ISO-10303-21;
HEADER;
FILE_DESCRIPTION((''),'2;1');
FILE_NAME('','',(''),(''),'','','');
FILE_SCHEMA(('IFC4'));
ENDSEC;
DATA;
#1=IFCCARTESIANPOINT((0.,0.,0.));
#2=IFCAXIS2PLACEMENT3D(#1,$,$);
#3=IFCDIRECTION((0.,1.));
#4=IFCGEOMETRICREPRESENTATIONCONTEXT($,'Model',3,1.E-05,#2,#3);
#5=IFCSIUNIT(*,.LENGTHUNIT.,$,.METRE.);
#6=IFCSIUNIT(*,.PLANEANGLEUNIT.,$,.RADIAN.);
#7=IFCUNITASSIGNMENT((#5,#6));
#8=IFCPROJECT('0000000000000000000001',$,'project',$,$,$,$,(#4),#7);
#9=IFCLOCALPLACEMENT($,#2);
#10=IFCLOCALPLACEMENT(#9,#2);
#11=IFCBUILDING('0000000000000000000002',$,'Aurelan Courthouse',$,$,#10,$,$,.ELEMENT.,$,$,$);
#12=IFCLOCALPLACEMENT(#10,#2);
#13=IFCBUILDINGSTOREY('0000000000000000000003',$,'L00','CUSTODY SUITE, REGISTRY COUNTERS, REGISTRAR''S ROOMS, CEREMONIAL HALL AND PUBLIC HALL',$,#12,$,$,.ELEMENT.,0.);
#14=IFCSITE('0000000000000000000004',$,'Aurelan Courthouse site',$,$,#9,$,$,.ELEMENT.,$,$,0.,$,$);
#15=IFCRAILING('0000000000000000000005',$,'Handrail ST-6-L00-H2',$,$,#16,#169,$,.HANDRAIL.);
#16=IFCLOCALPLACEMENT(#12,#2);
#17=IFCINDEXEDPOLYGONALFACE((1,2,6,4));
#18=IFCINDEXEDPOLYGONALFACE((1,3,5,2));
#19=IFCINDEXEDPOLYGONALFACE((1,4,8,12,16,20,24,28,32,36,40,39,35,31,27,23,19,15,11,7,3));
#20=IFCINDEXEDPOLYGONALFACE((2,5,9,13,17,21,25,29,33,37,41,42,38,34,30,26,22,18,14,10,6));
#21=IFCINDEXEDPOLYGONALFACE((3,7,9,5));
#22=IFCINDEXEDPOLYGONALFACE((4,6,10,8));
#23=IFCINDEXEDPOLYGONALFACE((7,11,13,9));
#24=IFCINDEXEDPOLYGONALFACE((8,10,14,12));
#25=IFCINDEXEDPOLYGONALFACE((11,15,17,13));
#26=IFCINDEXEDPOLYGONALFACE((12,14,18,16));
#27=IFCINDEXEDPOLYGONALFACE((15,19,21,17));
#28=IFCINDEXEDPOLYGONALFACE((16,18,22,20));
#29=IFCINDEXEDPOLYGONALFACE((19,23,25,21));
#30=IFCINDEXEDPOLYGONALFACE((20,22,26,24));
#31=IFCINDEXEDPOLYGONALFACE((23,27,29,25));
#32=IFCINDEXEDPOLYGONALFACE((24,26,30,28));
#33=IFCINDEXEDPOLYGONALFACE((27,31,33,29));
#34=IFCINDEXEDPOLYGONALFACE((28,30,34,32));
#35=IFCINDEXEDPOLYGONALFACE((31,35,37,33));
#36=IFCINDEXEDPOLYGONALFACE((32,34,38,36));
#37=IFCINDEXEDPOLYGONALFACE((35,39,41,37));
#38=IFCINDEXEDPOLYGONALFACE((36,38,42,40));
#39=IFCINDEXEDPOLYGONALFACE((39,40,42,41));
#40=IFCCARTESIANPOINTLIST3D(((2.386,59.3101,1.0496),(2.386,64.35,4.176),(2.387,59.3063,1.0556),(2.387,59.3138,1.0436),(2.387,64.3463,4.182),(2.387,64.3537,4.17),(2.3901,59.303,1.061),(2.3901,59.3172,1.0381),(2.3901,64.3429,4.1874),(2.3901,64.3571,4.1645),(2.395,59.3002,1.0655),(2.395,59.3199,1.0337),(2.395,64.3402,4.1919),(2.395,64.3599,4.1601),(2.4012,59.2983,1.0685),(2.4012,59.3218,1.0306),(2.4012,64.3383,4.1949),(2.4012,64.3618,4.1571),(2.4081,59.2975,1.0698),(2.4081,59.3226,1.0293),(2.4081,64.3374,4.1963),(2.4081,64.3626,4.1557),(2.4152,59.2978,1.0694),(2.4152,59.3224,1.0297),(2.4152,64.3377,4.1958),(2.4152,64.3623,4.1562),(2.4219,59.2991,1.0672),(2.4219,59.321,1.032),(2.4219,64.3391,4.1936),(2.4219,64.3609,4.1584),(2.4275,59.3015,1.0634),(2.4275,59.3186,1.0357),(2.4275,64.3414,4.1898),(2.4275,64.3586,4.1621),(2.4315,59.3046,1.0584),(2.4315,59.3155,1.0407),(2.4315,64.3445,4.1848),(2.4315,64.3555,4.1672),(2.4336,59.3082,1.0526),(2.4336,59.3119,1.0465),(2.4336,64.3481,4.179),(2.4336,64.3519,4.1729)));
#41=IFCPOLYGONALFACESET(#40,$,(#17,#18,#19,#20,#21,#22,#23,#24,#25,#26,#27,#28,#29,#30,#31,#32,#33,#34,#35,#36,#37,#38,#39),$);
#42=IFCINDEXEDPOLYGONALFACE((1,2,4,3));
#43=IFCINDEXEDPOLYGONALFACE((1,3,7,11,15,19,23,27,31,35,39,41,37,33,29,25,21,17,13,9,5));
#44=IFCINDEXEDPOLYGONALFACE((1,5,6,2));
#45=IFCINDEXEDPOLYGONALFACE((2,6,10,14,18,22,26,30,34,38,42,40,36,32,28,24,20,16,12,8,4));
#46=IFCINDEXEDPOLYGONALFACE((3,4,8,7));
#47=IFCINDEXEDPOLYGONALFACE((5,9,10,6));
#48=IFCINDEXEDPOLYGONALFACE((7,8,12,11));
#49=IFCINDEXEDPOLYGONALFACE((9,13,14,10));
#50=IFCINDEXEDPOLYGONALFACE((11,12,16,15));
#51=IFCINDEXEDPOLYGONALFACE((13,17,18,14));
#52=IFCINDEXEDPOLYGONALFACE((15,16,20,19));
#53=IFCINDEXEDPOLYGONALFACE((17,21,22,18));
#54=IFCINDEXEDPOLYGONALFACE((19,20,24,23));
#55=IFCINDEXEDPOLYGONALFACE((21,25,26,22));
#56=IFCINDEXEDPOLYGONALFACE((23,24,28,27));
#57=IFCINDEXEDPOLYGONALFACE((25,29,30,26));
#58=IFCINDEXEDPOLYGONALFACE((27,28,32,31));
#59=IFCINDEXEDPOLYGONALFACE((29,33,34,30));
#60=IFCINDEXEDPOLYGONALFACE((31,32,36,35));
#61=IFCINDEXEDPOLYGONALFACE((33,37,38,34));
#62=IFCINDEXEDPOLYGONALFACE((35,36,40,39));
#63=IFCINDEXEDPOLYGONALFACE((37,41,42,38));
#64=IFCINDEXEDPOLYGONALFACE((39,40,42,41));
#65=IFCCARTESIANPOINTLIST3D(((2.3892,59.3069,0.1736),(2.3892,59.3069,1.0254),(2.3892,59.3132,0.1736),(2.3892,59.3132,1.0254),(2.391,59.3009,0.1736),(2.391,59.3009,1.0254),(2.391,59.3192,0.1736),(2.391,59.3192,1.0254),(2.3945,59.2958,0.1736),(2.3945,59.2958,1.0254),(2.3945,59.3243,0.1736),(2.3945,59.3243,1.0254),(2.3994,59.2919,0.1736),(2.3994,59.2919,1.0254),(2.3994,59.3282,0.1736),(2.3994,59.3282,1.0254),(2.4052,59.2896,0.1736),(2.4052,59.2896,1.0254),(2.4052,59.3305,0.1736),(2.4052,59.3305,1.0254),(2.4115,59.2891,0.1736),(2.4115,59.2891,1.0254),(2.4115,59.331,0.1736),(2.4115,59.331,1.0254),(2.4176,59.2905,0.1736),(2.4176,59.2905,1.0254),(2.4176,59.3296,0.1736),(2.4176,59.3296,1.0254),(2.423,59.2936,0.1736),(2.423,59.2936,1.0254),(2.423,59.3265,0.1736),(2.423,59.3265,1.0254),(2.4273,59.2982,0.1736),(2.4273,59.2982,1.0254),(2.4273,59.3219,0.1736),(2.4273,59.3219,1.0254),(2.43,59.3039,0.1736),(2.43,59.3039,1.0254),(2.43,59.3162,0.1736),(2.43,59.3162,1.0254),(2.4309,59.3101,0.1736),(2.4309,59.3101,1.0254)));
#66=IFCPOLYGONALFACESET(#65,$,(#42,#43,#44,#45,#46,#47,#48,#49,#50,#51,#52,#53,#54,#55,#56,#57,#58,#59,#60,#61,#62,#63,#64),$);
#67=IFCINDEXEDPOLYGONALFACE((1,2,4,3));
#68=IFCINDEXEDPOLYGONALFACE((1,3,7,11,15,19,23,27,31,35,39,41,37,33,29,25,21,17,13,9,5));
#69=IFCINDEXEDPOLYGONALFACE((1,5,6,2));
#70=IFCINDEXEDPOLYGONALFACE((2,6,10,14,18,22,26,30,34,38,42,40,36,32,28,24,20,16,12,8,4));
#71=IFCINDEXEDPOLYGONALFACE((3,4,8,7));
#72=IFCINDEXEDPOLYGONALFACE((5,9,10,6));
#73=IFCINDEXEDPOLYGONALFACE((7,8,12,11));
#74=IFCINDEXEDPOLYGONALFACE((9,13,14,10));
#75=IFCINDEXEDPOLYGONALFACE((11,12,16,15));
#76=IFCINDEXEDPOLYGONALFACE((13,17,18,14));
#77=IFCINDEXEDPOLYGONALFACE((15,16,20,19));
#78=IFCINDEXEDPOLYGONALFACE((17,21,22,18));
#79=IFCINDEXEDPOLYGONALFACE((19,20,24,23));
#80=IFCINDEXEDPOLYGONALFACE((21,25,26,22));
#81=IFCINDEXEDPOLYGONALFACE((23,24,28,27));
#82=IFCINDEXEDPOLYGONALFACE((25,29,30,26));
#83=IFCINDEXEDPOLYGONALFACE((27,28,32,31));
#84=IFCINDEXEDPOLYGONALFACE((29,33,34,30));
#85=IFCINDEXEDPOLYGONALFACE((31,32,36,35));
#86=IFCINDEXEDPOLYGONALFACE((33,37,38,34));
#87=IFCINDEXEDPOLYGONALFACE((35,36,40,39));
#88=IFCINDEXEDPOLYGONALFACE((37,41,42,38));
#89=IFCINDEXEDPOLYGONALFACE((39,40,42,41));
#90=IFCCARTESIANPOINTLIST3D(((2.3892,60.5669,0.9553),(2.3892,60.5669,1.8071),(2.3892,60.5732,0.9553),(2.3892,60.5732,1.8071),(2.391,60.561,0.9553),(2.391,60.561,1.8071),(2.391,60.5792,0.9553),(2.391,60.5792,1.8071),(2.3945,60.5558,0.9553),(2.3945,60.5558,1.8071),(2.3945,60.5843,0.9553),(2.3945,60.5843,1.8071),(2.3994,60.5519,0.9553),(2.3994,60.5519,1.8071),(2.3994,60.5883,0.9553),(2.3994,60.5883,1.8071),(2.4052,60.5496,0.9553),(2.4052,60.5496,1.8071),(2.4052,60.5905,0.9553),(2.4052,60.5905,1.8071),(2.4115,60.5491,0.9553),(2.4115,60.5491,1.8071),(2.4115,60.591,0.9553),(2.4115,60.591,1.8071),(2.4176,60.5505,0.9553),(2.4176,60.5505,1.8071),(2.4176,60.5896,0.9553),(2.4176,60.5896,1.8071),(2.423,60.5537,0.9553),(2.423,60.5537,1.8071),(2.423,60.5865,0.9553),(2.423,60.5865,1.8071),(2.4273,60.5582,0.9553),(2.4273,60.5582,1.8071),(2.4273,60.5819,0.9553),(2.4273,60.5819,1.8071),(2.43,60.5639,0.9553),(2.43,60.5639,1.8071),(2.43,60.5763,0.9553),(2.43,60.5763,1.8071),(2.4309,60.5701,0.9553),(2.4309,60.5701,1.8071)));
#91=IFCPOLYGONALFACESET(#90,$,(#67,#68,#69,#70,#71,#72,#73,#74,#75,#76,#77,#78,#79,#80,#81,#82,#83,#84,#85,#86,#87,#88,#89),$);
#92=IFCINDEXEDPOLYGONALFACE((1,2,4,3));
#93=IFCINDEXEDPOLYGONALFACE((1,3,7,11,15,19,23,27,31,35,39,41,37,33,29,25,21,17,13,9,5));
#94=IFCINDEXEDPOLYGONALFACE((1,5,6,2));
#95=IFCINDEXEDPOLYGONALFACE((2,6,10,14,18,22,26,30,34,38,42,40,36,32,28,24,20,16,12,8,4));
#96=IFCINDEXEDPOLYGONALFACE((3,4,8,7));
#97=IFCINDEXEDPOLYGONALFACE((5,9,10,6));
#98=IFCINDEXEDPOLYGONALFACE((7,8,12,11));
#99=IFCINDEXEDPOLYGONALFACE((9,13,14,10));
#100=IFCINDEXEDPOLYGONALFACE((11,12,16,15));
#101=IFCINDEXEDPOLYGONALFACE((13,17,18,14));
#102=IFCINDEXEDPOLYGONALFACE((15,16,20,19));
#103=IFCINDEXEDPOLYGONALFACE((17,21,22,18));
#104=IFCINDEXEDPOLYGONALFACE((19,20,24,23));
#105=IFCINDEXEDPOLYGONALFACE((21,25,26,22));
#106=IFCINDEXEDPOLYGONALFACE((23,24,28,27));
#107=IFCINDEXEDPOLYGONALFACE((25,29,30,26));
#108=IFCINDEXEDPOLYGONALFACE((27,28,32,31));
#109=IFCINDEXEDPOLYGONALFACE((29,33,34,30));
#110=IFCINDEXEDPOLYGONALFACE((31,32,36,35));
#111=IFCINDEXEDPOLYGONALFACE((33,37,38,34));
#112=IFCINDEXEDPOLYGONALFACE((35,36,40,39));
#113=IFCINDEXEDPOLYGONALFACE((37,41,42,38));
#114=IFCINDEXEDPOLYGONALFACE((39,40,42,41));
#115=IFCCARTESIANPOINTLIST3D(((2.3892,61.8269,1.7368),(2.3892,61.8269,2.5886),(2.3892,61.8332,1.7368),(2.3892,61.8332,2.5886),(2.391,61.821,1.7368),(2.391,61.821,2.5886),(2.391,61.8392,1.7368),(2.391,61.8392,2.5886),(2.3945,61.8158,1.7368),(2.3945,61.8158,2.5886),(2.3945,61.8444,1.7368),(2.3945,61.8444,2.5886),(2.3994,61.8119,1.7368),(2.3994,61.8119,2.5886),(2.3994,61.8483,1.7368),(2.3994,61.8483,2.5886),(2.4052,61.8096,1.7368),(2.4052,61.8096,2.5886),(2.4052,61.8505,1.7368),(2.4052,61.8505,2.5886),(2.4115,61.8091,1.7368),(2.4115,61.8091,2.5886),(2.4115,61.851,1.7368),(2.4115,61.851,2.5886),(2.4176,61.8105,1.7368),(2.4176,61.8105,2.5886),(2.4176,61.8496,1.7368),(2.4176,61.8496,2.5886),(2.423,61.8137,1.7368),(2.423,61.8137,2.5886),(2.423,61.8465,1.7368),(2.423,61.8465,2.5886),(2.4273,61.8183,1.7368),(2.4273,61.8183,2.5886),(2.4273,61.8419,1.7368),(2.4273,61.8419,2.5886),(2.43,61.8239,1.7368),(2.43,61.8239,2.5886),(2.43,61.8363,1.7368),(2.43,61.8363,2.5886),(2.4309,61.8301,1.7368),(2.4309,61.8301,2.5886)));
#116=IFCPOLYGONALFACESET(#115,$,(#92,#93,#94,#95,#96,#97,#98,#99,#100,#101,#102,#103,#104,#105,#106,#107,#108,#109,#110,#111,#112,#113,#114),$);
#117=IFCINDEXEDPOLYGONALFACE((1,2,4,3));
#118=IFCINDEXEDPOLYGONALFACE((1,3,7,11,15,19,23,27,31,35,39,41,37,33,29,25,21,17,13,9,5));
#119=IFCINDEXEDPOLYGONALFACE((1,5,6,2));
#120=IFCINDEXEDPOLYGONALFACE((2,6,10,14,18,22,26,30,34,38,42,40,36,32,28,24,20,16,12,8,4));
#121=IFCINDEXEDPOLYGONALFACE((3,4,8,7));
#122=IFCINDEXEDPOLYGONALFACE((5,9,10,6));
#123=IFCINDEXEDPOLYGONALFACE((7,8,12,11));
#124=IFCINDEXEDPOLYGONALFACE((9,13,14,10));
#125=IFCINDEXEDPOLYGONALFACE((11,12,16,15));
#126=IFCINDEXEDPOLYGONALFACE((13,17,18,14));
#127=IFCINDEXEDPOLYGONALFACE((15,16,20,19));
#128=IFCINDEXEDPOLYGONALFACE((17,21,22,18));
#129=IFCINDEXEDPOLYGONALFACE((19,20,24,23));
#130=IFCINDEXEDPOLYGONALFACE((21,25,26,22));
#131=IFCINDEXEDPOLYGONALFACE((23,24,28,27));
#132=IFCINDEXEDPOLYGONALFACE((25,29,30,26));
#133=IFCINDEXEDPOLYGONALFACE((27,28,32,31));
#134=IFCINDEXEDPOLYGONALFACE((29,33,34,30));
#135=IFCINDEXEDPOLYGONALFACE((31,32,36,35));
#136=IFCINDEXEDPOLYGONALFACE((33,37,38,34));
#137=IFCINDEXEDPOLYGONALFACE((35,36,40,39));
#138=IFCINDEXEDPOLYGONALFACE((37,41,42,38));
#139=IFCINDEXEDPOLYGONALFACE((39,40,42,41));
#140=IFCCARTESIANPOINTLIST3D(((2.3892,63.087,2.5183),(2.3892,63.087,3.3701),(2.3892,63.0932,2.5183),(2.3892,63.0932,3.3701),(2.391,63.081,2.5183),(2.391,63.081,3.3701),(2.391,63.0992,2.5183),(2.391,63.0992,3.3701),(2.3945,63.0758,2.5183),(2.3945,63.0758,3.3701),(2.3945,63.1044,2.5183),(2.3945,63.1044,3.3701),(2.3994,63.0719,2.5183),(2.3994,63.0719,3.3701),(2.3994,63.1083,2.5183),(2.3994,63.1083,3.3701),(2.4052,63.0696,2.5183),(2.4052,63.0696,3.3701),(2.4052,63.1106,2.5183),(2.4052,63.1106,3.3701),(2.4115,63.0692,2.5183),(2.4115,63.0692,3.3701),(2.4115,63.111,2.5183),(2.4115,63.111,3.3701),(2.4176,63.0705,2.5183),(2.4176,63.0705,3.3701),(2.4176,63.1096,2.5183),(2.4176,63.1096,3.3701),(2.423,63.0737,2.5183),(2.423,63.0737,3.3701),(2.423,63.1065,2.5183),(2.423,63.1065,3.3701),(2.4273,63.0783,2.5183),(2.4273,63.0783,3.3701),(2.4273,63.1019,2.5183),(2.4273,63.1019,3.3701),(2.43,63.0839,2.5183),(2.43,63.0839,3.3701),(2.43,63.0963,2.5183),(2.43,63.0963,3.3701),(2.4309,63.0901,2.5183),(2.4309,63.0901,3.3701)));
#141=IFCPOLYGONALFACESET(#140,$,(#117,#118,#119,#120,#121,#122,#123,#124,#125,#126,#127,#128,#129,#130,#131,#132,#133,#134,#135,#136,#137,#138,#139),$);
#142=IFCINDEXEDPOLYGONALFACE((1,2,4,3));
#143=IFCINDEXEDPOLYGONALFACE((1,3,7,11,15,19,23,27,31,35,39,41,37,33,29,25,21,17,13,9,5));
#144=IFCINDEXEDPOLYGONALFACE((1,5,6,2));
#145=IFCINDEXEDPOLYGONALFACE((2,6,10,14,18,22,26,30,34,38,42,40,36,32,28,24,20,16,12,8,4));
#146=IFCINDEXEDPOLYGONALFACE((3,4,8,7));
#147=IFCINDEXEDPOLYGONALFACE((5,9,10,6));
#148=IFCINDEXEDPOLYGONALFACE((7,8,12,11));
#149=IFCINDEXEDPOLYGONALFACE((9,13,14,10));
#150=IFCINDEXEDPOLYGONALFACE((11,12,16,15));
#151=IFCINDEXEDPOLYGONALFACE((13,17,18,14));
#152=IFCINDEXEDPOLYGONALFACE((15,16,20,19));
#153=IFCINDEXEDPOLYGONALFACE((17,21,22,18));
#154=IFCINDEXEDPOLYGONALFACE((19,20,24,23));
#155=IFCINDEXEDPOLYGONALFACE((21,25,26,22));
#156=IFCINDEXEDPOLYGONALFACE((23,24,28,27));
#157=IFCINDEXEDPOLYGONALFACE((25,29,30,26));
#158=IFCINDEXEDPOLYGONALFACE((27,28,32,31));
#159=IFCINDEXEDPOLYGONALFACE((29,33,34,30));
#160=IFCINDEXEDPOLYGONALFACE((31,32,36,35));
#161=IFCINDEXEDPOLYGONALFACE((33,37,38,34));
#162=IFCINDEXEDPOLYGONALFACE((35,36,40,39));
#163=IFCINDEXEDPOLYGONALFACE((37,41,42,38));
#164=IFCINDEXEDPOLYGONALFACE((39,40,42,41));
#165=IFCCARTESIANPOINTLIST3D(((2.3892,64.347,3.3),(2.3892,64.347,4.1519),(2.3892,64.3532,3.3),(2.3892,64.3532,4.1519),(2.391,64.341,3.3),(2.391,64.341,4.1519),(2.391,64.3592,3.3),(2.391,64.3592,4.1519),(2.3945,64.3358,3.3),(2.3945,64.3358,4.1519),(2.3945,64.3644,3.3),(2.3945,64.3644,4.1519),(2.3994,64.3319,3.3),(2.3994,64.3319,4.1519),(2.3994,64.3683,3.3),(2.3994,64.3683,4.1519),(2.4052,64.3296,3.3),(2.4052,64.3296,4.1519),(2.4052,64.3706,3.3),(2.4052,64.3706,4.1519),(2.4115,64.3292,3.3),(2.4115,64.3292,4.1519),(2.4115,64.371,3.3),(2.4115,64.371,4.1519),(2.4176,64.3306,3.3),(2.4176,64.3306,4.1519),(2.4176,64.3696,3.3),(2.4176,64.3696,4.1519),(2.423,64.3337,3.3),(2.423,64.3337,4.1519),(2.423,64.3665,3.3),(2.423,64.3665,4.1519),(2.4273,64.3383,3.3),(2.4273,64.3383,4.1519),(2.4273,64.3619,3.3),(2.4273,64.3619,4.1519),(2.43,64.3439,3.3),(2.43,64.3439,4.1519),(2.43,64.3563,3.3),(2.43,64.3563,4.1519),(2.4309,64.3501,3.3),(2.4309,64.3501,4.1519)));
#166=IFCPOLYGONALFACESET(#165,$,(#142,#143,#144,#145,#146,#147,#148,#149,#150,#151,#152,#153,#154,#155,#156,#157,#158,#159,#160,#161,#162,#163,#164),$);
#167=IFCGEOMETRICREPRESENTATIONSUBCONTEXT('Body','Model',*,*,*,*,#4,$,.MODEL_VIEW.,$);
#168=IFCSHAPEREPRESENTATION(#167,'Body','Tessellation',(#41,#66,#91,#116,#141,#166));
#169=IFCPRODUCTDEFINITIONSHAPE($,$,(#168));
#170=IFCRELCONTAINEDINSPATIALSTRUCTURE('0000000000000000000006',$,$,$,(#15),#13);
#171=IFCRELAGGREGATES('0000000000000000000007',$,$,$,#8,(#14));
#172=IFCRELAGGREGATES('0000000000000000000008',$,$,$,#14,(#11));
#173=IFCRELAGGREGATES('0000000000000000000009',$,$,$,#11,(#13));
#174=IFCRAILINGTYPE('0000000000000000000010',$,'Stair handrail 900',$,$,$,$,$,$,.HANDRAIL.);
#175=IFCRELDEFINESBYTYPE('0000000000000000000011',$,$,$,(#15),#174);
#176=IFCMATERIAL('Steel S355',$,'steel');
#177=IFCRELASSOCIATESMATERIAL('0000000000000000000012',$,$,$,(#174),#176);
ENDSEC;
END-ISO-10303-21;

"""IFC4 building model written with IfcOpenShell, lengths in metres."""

from ifc_helpers import new_model, si_unit, direction, frame, origin, origin_2d, place, context, subcontext, project, spatial, circle, extrude, material, type_object, element, save


model = new_model("IFC4")

# Units and contexts
model_context = context("Model", 3, precision=1e-05, world=origin(), true_north=direction((0.0, 1.0)))
body_context = subcontext(model_context, "Body", "Model", "MODEL_VIEW")
ifc_project = project(units=[si_unit("LENGTHUNIT", "METRE"), si_unit("PLANEANGLEUNIT", "RADIAN")], contexts=[model_context])

# Site, building, storey
site_placement = place(None, origin())
site = spatial("IfcSite", under=ifc_project, at=site_placement, Name="Aurelan Courthouse site", CompositionType="ELEMENT", RefElevation=0.0)
building_placement = place(site_placement, origin())
building = spatial("IfcBuilding", under=site, at=building_placement, Name="Aurelan Courthouse", CompositionType="ELEMENT")
storey_placement = place(building_placement, origin())
storey = spatial("IfcBuildingStorey", under=building, at=storey_placement, Name="L00", Description="CUSTODY SUITE, REGISTRY COUNTERS, REGISTRAR'S ROOMS, CEREMONIAL HALL AND PUBLIC HALL", CompositionType="ELEMENT", Elevation=0.0)

# Railing
ifc_material_1 = material(Name="Steel S355", Category="steel")
railing_type_1 = type_object("IfcRailingType", Name="Stair handrail 900", PredefinedType="HANDRAIL", material=ifc_material_1)
for number, where, name in (
    (1, (2.4099, 59.3101, 0.1736), "Handrail ST-6-L00-H2"),
):
    element("IfcRailing", number, at=place(storey_placement, frame(where)), inside=storey, type_object=railing_type_1, Name=name, PredefinedType="HANDRAIL", context=body_context, shape_type="SweptSolid", body=[
        extrude(circle(Radius=0.0239, at=origin_2d()), frame((0.0, 0.0, 0.876), z_axis=(0.0, 0.849779, 0.527139), x_axis=(-1.0, 0.0, 0.0)), (0.0, 0.0, 1.0), 5.9309),
        extrude(circle(Radius=0.021, at=origin_2d()), origin(), (0.0, 0.0, 1.0), 0.8518),
        extrude(circle(Radius=0.021, at=origin_2d()), frame((0.0, 1.26, 0.7817)), (0.0, 0.0, 1.0), 0.8518),
        extrude(circle(Radius=0.021, at=origin_2d()), frame((0.0, 2.52, 1.5632)), (0.0, 0.0, 1.0), 0.8518),
        extrude(circle(Radius=0.021, at=origin_2d()), frame((0.0, 3.78, 2.3447)), (0.0, 0.0, 1.0), 0.8518),
        extrude(circle(Radius=0.021, at=origin_2d()), frame((0.0, 5.04, 3.1265)), (0.0, 0.0, 1.0), 0.8518),
    ])

save(model, "model.ifc")
